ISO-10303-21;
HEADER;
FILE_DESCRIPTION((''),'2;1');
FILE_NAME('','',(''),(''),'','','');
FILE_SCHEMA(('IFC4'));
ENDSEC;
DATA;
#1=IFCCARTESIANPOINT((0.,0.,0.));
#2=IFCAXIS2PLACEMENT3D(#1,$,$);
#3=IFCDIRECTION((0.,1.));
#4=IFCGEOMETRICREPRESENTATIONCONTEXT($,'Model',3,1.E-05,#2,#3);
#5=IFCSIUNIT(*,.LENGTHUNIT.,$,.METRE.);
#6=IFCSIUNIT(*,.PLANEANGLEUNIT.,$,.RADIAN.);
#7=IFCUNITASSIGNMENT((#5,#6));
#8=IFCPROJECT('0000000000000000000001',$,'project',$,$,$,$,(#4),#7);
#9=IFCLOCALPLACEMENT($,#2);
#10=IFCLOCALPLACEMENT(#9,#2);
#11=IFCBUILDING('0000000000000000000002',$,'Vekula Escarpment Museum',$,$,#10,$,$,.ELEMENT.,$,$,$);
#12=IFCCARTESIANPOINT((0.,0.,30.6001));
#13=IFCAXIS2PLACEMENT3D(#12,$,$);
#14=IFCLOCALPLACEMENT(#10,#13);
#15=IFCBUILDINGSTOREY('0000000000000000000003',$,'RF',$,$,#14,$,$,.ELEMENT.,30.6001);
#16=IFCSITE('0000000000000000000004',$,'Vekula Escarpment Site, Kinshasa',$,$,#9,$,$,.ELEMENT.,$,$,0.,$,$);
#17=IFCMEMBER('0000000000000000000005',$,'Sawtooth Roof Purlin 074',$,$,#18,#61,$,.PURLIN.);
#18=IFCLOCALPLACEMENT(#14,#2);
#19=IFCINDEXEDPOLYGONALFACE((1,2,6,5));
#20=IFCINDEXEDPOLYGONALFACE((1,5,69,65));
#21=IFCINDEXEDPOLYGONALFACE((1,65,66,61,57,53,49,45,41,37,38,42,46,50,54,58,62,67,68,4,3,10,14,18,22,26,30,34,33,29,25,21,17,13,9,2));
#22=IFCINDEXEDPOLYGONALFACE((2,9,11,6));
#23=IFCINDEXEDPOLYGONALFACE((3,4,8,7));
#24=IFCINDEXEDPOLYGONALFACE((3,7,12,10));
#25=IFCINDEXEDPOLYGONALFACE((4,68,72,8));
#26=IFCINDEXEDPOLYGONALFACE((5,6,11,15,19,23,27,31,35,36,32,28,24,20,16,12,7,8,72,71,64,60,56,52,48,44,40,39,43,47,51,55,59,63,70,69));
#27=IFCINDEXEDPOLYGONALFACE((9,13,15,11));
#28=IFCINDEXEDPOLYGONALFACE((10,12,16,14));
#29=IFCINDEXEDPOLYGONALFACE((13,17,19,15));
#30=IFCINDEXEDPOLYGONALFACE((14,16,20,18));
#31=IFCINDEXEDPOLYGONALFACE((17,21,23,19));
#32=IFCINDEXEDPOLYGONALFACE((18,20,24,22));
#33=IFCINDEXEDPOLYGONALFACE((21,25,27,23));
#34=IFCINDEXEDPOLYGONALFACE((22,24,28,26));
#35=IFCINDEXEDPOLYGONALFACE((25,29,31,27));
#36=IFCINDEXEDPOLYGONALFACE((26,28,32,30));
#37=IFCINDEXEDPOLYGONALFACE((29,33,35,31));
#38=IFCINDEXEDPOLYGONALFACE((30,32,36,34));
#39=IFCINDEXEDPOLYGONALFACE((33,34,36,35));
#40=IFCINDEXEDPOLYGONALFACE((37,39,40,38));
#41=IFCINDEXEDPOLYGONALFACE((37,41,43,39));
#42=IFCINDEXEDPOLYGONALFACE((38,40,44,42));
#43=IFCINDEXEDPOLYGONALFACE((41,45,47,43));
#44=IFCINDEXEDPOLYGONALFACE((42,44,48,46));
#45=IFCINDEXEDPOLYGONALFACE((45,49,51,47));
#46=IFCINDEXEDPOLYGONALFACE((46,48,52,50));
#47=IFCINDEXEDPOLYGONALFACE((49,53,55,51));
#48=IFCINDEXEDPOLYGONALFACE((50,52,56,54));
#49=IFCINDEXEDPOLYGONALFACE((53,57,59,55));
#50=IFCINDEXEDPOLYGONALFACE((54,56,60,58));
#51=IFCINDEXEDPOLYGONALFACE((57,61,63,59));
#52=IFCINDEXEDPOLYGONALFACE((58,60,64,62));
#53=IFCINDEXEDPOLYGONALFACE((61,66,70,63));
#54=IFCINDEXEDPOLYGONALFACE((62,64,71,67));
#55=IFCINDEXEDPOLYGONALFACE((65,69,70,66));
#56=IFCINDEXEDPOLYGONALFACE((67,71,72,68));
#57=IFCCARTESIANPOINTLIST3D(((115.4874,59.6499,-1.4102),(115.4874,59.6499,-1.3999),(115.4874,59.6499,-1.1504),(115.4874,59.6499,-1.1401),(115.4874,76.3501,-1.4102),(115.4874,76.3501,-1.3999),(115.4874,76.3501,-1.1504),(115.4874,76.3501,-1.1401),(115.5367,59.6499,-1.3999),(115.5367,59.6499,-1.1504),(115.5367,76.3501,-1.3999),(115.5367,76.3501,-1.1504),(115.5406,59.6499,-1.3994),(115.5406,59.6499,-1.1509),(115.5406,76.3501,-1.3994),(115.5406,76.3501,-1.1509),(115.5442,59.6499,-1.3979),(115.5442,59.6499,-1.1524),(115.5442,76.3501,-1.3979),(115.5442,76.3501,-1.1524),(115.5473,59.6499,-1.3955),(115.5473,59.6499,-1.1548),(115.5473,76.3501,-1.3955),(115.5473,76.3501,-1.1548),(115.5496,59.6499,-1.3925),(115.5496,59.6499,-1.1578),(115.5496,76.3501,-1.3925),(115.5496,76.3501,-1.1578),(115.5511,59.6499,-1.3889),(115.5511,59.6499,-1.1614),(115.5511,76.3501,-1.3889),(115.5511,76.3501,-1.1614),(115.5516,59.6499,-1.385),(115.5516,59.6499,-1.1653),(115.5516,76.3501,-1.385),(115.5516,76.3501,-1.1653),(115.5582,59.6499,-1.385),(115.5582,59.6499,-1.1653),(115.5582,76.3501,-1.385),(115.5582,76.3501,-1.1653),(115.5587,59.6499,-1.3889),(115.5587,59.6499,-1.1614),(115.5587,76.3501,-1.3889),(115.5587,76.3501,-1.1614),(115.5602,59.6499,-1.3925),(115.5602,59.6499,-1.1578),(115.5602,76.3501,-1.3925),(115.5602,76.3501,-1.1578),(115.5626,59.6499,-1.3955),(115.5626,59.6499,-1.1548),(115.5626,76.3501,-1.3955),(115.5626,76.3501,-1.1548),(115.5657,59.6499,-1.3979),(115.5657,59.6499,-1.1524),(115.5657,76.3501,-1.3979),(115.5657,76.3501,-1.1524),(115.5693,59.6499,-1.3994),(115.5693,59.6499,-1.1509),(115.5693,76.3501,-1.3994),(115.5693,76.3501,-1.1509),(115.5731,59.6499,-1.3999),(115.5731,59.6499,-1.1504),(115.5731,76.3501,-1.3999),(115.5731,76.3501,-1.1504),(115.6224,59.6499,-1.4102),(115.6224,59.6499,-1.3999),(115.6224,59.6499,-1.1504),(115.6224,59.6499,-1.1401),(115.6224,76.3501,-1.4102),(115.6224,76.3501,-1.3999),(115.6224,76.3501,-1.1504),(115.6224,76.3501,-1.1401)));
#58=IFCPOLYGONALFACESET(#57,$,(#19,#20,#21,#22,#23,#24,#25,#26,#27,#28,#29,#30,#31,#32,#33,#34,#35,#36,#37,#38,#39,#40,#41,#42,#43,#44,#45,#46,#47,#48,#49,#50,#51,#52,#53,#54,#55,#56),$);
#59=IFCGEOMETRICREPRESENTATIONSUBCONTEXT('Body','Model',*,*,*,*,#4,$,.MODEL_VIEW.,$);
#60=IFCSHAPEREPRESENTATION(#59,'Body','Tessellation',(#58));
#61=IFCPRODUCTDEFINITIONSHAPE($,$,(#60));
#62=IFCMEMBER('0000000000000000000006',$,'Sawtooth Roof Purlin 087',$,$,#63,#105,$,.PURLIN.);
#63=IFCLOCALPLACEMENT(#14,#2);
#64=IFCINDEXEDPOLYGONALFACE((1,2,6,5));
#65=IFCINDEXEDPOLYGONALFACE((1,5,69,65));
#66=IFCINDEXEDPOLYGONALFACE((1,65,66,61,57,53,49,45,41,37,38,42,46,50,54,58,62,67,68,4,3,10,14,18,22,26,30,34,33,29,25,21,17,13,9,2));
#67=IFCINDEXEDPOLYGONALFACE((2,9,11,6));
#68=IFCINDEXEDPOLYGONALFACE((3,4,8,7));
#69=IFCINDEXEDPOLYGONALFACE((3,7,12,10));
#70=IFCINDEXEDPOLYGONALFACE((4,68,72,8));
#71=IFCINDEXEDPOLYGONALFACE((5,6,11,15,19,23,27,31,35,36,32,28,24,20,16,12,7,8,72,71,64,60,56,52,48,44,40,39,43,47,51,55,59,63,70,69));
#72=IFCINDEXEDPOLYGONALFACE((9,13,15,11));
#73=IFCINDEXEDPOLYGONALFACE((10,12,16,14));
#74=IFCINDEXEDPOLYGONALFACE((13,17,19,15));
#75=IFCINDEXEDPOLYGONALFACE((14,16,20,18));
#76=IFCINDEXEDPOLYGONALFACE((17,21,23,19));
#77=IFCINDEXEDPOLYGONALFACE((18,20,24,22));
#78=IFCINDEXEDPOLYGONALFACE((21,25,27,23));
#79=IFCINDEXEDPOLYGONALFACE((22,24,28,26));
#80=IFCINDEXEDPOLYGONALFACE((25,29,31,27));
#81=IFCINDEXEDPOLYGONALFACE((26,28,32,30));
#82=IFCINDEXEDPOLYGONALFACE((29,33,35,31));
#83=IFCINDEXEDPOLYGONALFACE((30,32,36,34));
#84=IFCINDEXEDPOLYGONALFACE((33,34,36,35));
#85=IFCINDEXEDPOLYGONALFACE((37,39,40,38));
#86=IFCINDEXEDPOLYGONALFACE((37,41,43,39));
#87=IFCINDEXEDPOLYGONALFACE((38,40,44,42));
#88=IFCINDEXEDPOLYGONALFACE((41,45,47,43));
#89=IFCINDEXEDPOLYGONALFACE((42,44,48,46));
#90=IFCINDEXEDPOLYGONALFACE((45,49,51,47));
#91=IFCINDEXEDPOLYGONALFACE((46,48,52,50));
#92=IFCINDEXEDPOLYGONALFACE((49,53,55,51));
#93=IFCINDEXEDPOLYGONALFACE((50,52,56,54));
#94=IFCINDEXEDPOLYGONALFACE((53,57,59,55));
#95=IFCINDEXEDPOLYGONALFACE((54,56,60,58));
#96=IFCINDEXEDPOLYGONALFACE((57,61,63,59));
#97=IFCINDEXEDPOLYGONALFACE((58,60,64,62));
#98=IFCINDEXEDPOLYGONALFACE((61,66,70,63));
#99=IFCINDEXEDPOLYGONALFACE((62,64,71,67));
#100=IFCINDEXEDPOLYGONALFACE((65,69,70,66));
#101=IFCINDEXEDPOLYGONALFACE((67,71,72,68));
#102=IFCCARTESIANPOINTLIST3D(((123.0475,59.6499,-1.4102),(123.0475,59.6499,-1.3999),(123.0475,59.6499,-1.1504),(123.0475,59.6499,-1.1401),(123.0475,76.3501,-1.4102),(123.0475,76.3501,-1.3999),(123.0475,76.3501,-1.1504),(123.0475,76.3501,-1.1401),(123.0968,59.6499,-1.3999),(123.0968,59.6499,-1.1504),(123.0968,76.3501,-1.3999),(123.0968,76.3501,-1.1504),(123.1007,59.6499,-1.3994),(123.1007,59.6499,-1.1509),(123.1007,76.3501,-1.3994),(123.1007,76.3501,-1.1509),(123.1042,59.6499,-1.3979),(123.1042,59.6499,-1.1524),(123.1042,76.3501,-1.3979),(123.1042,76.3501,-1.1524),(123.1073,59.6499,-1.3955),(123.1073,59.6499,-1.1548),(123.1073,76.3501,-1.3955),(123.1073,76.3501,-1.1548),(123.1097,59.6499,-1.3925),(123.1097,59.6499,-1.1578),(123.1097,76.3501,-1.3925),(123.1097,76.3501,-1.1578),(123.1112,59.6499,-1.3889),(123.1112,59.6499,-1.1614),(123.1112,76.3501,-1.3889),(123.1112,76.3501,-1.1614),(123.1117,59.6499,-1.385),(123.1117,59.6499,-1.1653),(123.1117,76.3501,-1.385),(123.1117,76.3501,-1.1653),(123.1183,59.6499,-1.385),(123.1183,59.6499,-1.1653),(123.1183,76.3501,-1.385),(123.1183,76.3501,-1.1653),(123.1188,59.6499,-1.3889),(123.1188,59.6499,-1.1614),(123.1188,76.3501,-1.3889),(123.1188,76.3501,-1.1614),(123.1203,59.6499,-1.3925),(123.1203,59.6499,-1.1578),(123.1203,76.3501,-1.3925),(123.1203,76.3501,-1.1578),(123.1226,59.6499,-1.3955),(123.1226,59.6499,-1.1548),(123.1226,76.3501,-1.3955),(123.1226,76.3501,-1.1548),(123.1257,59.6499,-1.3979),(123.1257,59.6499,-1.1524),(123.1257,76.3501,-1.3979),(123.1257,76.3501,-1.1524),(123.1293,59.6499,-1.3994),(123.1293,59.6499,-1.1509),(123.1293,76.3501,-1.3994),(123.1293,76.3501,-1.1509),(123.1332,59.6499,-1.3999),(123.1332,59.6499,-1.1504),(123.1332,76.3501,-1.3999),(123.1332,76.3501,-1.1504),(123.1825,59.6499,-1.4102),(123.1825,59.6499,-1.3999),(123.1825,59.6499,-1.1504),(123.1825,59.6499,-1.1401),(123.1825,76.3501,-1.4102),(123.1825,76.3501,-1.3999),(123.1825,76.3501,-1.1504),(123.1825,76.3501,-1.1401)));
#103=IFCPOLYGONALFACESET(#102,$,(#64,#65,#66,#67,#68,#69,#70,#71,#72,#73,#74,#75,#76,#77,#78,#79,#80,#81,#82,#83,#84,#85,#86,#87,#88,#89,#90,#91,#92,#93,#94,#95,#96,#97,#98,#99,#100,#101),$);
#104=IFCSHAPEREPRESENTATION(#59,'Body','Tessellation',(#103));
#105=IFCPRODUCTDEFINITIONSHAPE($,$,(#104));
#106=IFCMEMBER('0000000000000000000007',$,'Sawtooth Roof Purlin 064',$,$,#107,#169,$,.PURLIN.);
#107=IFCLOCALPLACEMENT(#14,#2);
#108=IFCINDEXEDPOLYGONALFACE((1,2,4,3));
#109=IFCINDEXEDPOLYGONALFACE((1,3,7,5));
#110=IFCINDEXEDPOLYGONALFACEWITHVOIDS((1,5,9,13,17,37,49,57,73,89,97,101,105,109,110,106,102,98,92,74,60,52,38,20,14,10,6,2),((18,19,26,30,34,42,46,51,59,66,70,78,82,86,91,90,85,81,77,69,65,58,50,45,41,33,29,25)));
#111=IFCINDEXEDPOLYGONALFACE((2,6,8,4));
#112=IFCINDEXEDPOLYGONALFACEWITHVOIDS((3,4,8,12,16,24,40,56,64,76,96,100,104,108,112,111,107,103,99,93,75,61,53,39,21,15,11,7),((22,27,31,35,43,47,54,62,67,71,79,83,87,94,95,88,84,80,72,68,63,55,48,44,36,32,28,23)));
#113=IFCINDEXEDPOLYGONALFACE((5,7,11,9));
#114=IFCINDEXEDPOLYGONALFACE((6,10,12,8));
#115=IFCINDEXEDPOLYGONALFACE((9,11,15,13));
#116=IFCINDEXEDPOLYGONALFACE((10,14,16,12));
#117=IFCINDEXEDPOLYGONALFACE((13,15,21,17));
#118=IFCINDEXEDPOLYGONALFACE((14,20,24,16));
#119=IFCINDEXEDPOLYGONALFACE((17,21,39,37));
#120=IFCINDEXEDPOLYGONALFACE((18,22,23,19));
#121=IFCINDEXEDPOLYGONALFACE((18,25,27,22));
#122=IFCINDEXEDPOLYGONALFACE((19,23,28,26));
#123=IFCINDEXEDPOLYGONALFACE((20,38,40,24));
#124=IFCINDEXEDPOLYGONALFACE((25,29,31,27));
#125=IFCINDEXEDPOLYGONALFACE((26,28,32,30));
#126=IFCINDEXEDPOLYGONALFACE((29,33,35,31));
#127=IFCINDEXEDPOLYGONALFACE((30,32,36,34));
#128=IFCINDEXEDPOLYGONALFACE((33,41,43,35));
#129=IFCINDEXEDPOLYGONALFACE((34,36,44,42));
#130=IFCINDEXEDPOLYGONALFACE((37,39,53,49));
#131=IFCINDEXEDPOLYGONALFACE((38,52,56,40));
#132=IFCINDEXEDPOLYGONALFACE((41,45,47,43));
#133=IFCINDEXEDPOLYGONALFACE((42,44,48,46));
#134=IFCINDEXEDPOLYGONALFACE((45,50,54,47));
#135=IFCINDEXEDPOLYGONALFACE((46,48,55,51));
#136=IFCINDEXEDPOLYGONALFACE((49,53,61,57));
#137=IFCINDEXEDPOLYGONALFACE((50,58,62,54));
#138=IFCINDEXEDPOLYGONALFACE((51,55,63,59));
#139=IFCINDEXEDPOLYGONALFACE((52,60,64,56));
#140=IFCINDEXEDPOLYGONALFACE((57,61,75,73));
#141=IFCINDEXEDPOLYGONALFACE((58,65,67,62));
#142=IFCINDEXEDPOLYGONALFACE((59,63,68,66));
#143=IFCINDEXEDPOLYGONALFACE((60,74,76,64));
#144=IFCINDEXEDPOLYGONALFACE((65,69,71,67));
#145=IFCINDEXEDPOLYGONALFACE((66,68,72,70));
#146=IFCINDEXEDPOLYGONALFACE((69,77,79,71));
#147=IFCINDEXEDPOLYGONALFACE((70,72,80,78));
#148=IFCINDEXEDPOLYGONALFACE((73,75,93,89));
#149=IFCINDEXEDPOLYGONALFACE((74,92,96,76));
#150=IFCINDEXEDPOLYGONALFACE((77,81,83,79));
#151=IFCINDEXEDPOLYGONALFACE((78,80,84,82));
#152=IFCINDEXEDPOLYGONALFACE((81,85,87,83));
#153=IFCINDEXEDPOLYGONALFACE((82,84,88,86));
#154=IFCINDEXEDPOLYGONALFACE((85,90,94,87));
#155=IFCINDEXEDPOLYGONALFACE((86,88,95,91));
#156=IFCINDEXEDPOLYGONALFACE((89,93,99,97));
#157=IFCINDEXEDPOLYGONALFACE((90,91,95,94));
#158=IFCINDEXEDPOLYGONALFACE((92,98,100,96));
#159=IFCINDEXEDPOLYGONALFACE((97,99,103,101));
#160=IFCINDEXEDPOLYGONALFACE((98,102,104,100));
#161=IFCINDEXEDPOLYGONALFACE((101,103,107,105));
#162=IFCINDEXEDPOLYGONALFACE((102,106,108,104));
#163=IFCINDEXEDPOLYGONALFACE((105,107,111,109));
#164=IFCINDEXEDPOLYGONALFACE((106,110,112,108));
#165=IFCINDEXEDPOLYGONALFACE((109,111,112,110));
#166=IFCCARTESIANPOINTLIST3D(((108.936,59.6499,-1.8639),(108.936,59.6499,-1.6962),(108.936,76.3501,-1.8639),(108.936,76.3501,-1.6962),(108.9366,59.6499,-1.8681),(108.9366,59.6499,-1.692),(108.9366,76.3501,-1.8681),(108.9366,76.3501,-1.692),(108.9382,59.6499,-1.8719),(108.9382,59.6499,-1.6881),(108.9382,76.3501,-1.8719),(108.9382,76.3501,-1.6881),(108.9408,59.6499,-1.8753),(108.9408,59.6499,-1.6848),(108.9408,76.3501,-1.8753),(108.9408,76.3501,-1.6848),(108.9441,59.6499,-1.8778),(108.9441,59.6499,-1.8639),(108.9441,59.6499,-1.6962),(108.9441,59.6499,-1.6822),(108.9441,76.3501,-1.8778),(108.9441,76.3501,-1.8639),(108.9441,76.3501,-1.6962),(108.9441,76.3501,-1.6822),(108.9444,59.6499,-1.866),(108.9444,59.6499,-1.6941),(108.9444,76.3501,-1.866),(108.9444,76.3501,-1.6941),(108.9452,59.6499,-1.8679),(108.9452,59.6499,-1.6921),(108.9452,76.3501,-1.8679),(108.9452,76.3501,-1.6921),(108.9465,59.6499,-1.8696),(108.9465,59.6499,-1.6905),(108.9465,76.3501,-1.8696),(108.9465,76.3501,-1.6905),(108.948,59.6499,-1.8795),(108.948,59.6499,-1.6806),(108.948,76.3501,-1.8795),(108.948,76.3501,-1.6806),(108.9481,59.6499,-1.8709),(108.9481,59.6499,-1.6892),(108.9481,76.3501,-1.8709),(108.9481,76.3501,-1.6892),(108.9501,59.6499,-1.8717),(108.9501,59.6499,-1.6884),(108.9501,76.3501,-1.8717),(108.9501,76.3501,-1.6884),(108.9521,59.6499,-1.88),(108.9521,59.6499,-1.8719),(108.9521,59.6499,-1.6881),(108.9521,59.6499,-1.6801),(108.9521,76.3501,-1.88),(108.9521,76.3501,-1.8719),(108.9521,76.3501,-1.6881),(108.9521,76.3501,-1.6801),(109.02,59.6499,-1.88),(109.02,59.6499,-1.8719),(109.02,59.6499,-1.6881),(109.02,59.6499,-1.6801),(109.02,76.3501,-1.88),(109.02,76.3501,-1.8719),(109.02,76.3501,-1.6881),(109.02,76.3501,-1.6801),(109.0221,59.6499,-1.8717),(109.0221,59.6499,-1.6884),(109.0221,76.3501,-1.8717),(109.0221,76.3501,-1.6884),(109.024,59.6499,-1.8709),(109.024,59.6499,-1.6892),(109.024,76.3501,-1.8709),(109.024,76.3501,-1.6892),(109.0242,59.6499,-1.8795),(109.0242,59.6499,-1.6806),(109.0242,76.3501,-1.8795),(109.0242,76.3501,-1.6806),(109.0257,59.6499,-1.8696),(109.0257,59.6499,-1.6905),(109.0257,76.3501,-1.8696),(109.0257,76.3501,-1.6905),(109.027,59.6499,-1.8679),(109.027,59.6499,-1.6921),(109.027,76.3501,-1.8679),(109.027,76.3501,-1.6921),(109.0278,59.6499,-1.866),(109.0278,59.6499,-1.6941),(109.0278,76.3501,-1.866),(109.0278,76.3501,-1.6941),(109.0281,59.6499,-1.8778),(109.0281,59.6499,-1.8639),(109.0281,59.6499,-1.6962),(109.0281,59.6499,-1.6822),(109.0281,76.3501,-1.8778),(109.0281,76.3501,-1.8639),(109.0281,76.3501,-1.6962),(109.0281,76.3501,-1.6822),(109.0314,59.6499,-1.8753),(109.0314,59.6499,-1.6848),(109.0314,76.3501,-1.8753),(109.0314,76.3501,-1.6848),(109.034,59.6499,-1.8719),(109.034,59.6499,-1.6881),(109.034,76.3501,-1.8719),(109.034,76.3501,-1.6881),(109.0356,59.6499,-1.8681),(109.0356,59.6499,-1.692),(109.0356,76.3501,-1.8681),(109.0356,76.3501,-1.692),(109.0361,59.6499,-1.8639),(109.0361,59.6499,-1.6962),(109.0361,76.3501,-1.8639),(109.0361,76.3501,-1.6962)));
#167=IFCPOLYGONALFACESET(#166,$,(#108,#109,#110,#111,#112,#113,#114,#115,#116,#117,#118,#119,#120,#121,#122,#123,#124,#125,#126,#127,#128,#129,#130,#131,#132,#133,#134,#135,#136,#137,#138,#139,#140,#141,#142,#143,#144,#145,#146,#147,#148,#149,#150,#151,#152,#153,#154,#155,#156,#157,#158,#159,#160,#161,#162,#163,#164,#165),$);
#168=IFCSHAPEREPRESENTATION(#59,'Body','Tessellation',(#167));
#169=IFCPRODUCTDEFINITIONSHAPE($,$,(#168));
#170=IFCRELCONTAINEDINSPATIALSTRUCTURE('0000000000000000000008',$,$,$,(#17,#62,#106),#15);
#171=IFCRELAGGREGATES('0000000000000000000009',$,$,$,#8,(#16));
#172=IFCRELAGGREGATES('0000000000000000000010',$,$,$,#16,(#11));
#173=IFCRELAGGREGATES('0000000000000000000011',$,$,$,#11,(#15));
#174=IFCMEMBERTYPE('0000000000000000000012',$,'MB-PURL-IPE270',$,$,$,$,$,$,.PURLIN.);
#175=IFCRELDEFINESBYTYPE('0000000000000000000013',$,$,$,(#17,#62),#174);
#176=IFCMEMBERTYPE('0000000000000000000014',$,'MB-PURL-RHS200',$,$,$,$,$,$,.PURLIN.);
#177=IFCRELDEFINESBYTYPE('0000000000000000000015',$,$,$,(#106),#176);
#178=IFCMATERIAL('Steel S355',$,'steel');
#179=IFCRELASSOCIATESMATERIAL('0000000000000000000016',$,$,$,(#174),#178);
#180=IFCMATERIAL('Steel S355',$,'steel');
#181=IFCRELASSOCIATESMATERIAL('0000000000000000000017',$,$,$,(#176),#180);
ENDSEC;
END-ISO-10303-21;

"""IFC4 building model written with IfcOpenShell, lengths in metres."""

from ifc_helpers import new_model, si_unit, direction, frame, origin, origin_2d, place, context, subcontext, project, spatial, hollow_rectangle, i_section, extrude, material, material_profile, profile_set, type_object, element, save


model = new_model("IFC4")

# Units and contexts
model_context = context("Model", 3, precision=1e-05, world=origin(), true_north=direction((0.0, 1.0)))
body_context = subcontext(model_context, "Body", "Model", "MODEL_VIEW")
ifc_project = project(units=[si_unit("LENGTHUNIT", "METRE"), si_unit("PLANEANGLEUNIT", "RADIAN")], contexts=[model_context])

# Site, building, storey
site_placement = place(None, origin())
site = spatial("IfcSite", under=ifc_project, at=site_placement, Name="Vekula Escarpment Site, Kinshasa", CompositionType="ELEMENT", RefElevation=0.0)
building_placement = place(site_placement, origin())
building = spatial("IfcBuilding", under=site, at=building_placement, Name="Vekula Escarpment Museum", CompositionType="ELEMENT")
storey_placement = place(building_placement, frame((0.0, 0.0, 30.6001)))
storey = spatial("IfcBuildingStorey", under=building, at=storey_placement, Name="RF", CompositionType="ELEMENT", Elevation=30.6001)

# Members
ifc_material_1 = material(Name="Steel S355", Category="steel")
ifc_material_profile_1 = material_profile(ifc_material_1, i_section(OverallWidth=0.135, OverallDepth=0.27, WebThickness=0.0066, FlangeThickness=0.0103, FilletRadius=0.0149, at=origin_2d()), Name="IPE 270")
ifc_profile_set_1 = profile_set([ifc_material_profile_1], Name="Steel S355")
member_type_1 = type_object("IfcMemberType", Name="MB-PURL-IPE270", PredefinedType="PURLIN", material=ifc_profile_set_1)
for number, where, z_axis, x_axis, name in (
    (1, (115.5549, 59.6499, -1.2751), (0.0, 1.0, 0.0), (-1.0, 0.0, 0.0), "Sawtooth Roof Purlin 074"),
    (2, (123.115, 59.6499, -1.2751), (0.0, 1.0, 0.0), (-1.0, 0.0, 0.0), "Sawtooth Roof Purlin 087"),
):
    element("IfcMember", number, at=place(storey_placement, frame(where, z_axis=z_axis, x_axis=x_axis)), inside=storey, type_object=member_type_1, Name=name, PredefinedType="PURLIN", context=body_context, shape_type="SweptSolid", body=[
        extrude(i_section(OverallWidth=0.135, OverallDepth=0.27, WebThickness=0.0066, FlangeThickness=0.0103, FilletRadius=0.0149, at=origin_2d()), origin(), (0.0, 0.0, 1.0), 16.7002),
    ])
ifc_material_2 = material(Name="Steel S355", Category="steel")
ifc_material_profile_2 = material_profile(ifc_material_2, hollow_rectangle(XDim=0.1001, YDim=0.2, WallThickness=0.0081, InnerFilletRadius=0.0081, OuterFilletRadius=0.0161, at=origin_2d()), Name="RHS 200x100x8")
ifc_profile_set_2 = profile_set([ifc_material_profile_2], Name="Steel S355")
member_type_2 = type_object("IfcMemberType", Name="MB-PURL-RHS200", PredefinedType="PURLIN", material=ifc_profile_set_2)
for number, where, z_axis, x_axis, name in (
    (3, (108.9861, 59.6499, -1.78), (0.0, 1.0, 0.0), (-1.0, 0.0, 0.0), "Sawtooth Roof Purlin 064"),
):
    element("IfcMember", number, at=place(storey_placement, frame(where, z_axis=z_axis, x_axis=x_axis)), inside=storey, type_object=member_type_2, Name=name, PredefinedType="PURLIN", context=body_context, shape_type="SweptSolid", body=[
        extrude(hollow_rectangle(XDim=0.1001, YDim=0.2, WallThickness=0.0081, InnerFilletRadius=0.0081, OuterFilletRadius=0.0161, at=origin_2d()), origin(), (0.0, 0.0, 1.0), 16.7002),
    ])

save(model, "model.ifc")
